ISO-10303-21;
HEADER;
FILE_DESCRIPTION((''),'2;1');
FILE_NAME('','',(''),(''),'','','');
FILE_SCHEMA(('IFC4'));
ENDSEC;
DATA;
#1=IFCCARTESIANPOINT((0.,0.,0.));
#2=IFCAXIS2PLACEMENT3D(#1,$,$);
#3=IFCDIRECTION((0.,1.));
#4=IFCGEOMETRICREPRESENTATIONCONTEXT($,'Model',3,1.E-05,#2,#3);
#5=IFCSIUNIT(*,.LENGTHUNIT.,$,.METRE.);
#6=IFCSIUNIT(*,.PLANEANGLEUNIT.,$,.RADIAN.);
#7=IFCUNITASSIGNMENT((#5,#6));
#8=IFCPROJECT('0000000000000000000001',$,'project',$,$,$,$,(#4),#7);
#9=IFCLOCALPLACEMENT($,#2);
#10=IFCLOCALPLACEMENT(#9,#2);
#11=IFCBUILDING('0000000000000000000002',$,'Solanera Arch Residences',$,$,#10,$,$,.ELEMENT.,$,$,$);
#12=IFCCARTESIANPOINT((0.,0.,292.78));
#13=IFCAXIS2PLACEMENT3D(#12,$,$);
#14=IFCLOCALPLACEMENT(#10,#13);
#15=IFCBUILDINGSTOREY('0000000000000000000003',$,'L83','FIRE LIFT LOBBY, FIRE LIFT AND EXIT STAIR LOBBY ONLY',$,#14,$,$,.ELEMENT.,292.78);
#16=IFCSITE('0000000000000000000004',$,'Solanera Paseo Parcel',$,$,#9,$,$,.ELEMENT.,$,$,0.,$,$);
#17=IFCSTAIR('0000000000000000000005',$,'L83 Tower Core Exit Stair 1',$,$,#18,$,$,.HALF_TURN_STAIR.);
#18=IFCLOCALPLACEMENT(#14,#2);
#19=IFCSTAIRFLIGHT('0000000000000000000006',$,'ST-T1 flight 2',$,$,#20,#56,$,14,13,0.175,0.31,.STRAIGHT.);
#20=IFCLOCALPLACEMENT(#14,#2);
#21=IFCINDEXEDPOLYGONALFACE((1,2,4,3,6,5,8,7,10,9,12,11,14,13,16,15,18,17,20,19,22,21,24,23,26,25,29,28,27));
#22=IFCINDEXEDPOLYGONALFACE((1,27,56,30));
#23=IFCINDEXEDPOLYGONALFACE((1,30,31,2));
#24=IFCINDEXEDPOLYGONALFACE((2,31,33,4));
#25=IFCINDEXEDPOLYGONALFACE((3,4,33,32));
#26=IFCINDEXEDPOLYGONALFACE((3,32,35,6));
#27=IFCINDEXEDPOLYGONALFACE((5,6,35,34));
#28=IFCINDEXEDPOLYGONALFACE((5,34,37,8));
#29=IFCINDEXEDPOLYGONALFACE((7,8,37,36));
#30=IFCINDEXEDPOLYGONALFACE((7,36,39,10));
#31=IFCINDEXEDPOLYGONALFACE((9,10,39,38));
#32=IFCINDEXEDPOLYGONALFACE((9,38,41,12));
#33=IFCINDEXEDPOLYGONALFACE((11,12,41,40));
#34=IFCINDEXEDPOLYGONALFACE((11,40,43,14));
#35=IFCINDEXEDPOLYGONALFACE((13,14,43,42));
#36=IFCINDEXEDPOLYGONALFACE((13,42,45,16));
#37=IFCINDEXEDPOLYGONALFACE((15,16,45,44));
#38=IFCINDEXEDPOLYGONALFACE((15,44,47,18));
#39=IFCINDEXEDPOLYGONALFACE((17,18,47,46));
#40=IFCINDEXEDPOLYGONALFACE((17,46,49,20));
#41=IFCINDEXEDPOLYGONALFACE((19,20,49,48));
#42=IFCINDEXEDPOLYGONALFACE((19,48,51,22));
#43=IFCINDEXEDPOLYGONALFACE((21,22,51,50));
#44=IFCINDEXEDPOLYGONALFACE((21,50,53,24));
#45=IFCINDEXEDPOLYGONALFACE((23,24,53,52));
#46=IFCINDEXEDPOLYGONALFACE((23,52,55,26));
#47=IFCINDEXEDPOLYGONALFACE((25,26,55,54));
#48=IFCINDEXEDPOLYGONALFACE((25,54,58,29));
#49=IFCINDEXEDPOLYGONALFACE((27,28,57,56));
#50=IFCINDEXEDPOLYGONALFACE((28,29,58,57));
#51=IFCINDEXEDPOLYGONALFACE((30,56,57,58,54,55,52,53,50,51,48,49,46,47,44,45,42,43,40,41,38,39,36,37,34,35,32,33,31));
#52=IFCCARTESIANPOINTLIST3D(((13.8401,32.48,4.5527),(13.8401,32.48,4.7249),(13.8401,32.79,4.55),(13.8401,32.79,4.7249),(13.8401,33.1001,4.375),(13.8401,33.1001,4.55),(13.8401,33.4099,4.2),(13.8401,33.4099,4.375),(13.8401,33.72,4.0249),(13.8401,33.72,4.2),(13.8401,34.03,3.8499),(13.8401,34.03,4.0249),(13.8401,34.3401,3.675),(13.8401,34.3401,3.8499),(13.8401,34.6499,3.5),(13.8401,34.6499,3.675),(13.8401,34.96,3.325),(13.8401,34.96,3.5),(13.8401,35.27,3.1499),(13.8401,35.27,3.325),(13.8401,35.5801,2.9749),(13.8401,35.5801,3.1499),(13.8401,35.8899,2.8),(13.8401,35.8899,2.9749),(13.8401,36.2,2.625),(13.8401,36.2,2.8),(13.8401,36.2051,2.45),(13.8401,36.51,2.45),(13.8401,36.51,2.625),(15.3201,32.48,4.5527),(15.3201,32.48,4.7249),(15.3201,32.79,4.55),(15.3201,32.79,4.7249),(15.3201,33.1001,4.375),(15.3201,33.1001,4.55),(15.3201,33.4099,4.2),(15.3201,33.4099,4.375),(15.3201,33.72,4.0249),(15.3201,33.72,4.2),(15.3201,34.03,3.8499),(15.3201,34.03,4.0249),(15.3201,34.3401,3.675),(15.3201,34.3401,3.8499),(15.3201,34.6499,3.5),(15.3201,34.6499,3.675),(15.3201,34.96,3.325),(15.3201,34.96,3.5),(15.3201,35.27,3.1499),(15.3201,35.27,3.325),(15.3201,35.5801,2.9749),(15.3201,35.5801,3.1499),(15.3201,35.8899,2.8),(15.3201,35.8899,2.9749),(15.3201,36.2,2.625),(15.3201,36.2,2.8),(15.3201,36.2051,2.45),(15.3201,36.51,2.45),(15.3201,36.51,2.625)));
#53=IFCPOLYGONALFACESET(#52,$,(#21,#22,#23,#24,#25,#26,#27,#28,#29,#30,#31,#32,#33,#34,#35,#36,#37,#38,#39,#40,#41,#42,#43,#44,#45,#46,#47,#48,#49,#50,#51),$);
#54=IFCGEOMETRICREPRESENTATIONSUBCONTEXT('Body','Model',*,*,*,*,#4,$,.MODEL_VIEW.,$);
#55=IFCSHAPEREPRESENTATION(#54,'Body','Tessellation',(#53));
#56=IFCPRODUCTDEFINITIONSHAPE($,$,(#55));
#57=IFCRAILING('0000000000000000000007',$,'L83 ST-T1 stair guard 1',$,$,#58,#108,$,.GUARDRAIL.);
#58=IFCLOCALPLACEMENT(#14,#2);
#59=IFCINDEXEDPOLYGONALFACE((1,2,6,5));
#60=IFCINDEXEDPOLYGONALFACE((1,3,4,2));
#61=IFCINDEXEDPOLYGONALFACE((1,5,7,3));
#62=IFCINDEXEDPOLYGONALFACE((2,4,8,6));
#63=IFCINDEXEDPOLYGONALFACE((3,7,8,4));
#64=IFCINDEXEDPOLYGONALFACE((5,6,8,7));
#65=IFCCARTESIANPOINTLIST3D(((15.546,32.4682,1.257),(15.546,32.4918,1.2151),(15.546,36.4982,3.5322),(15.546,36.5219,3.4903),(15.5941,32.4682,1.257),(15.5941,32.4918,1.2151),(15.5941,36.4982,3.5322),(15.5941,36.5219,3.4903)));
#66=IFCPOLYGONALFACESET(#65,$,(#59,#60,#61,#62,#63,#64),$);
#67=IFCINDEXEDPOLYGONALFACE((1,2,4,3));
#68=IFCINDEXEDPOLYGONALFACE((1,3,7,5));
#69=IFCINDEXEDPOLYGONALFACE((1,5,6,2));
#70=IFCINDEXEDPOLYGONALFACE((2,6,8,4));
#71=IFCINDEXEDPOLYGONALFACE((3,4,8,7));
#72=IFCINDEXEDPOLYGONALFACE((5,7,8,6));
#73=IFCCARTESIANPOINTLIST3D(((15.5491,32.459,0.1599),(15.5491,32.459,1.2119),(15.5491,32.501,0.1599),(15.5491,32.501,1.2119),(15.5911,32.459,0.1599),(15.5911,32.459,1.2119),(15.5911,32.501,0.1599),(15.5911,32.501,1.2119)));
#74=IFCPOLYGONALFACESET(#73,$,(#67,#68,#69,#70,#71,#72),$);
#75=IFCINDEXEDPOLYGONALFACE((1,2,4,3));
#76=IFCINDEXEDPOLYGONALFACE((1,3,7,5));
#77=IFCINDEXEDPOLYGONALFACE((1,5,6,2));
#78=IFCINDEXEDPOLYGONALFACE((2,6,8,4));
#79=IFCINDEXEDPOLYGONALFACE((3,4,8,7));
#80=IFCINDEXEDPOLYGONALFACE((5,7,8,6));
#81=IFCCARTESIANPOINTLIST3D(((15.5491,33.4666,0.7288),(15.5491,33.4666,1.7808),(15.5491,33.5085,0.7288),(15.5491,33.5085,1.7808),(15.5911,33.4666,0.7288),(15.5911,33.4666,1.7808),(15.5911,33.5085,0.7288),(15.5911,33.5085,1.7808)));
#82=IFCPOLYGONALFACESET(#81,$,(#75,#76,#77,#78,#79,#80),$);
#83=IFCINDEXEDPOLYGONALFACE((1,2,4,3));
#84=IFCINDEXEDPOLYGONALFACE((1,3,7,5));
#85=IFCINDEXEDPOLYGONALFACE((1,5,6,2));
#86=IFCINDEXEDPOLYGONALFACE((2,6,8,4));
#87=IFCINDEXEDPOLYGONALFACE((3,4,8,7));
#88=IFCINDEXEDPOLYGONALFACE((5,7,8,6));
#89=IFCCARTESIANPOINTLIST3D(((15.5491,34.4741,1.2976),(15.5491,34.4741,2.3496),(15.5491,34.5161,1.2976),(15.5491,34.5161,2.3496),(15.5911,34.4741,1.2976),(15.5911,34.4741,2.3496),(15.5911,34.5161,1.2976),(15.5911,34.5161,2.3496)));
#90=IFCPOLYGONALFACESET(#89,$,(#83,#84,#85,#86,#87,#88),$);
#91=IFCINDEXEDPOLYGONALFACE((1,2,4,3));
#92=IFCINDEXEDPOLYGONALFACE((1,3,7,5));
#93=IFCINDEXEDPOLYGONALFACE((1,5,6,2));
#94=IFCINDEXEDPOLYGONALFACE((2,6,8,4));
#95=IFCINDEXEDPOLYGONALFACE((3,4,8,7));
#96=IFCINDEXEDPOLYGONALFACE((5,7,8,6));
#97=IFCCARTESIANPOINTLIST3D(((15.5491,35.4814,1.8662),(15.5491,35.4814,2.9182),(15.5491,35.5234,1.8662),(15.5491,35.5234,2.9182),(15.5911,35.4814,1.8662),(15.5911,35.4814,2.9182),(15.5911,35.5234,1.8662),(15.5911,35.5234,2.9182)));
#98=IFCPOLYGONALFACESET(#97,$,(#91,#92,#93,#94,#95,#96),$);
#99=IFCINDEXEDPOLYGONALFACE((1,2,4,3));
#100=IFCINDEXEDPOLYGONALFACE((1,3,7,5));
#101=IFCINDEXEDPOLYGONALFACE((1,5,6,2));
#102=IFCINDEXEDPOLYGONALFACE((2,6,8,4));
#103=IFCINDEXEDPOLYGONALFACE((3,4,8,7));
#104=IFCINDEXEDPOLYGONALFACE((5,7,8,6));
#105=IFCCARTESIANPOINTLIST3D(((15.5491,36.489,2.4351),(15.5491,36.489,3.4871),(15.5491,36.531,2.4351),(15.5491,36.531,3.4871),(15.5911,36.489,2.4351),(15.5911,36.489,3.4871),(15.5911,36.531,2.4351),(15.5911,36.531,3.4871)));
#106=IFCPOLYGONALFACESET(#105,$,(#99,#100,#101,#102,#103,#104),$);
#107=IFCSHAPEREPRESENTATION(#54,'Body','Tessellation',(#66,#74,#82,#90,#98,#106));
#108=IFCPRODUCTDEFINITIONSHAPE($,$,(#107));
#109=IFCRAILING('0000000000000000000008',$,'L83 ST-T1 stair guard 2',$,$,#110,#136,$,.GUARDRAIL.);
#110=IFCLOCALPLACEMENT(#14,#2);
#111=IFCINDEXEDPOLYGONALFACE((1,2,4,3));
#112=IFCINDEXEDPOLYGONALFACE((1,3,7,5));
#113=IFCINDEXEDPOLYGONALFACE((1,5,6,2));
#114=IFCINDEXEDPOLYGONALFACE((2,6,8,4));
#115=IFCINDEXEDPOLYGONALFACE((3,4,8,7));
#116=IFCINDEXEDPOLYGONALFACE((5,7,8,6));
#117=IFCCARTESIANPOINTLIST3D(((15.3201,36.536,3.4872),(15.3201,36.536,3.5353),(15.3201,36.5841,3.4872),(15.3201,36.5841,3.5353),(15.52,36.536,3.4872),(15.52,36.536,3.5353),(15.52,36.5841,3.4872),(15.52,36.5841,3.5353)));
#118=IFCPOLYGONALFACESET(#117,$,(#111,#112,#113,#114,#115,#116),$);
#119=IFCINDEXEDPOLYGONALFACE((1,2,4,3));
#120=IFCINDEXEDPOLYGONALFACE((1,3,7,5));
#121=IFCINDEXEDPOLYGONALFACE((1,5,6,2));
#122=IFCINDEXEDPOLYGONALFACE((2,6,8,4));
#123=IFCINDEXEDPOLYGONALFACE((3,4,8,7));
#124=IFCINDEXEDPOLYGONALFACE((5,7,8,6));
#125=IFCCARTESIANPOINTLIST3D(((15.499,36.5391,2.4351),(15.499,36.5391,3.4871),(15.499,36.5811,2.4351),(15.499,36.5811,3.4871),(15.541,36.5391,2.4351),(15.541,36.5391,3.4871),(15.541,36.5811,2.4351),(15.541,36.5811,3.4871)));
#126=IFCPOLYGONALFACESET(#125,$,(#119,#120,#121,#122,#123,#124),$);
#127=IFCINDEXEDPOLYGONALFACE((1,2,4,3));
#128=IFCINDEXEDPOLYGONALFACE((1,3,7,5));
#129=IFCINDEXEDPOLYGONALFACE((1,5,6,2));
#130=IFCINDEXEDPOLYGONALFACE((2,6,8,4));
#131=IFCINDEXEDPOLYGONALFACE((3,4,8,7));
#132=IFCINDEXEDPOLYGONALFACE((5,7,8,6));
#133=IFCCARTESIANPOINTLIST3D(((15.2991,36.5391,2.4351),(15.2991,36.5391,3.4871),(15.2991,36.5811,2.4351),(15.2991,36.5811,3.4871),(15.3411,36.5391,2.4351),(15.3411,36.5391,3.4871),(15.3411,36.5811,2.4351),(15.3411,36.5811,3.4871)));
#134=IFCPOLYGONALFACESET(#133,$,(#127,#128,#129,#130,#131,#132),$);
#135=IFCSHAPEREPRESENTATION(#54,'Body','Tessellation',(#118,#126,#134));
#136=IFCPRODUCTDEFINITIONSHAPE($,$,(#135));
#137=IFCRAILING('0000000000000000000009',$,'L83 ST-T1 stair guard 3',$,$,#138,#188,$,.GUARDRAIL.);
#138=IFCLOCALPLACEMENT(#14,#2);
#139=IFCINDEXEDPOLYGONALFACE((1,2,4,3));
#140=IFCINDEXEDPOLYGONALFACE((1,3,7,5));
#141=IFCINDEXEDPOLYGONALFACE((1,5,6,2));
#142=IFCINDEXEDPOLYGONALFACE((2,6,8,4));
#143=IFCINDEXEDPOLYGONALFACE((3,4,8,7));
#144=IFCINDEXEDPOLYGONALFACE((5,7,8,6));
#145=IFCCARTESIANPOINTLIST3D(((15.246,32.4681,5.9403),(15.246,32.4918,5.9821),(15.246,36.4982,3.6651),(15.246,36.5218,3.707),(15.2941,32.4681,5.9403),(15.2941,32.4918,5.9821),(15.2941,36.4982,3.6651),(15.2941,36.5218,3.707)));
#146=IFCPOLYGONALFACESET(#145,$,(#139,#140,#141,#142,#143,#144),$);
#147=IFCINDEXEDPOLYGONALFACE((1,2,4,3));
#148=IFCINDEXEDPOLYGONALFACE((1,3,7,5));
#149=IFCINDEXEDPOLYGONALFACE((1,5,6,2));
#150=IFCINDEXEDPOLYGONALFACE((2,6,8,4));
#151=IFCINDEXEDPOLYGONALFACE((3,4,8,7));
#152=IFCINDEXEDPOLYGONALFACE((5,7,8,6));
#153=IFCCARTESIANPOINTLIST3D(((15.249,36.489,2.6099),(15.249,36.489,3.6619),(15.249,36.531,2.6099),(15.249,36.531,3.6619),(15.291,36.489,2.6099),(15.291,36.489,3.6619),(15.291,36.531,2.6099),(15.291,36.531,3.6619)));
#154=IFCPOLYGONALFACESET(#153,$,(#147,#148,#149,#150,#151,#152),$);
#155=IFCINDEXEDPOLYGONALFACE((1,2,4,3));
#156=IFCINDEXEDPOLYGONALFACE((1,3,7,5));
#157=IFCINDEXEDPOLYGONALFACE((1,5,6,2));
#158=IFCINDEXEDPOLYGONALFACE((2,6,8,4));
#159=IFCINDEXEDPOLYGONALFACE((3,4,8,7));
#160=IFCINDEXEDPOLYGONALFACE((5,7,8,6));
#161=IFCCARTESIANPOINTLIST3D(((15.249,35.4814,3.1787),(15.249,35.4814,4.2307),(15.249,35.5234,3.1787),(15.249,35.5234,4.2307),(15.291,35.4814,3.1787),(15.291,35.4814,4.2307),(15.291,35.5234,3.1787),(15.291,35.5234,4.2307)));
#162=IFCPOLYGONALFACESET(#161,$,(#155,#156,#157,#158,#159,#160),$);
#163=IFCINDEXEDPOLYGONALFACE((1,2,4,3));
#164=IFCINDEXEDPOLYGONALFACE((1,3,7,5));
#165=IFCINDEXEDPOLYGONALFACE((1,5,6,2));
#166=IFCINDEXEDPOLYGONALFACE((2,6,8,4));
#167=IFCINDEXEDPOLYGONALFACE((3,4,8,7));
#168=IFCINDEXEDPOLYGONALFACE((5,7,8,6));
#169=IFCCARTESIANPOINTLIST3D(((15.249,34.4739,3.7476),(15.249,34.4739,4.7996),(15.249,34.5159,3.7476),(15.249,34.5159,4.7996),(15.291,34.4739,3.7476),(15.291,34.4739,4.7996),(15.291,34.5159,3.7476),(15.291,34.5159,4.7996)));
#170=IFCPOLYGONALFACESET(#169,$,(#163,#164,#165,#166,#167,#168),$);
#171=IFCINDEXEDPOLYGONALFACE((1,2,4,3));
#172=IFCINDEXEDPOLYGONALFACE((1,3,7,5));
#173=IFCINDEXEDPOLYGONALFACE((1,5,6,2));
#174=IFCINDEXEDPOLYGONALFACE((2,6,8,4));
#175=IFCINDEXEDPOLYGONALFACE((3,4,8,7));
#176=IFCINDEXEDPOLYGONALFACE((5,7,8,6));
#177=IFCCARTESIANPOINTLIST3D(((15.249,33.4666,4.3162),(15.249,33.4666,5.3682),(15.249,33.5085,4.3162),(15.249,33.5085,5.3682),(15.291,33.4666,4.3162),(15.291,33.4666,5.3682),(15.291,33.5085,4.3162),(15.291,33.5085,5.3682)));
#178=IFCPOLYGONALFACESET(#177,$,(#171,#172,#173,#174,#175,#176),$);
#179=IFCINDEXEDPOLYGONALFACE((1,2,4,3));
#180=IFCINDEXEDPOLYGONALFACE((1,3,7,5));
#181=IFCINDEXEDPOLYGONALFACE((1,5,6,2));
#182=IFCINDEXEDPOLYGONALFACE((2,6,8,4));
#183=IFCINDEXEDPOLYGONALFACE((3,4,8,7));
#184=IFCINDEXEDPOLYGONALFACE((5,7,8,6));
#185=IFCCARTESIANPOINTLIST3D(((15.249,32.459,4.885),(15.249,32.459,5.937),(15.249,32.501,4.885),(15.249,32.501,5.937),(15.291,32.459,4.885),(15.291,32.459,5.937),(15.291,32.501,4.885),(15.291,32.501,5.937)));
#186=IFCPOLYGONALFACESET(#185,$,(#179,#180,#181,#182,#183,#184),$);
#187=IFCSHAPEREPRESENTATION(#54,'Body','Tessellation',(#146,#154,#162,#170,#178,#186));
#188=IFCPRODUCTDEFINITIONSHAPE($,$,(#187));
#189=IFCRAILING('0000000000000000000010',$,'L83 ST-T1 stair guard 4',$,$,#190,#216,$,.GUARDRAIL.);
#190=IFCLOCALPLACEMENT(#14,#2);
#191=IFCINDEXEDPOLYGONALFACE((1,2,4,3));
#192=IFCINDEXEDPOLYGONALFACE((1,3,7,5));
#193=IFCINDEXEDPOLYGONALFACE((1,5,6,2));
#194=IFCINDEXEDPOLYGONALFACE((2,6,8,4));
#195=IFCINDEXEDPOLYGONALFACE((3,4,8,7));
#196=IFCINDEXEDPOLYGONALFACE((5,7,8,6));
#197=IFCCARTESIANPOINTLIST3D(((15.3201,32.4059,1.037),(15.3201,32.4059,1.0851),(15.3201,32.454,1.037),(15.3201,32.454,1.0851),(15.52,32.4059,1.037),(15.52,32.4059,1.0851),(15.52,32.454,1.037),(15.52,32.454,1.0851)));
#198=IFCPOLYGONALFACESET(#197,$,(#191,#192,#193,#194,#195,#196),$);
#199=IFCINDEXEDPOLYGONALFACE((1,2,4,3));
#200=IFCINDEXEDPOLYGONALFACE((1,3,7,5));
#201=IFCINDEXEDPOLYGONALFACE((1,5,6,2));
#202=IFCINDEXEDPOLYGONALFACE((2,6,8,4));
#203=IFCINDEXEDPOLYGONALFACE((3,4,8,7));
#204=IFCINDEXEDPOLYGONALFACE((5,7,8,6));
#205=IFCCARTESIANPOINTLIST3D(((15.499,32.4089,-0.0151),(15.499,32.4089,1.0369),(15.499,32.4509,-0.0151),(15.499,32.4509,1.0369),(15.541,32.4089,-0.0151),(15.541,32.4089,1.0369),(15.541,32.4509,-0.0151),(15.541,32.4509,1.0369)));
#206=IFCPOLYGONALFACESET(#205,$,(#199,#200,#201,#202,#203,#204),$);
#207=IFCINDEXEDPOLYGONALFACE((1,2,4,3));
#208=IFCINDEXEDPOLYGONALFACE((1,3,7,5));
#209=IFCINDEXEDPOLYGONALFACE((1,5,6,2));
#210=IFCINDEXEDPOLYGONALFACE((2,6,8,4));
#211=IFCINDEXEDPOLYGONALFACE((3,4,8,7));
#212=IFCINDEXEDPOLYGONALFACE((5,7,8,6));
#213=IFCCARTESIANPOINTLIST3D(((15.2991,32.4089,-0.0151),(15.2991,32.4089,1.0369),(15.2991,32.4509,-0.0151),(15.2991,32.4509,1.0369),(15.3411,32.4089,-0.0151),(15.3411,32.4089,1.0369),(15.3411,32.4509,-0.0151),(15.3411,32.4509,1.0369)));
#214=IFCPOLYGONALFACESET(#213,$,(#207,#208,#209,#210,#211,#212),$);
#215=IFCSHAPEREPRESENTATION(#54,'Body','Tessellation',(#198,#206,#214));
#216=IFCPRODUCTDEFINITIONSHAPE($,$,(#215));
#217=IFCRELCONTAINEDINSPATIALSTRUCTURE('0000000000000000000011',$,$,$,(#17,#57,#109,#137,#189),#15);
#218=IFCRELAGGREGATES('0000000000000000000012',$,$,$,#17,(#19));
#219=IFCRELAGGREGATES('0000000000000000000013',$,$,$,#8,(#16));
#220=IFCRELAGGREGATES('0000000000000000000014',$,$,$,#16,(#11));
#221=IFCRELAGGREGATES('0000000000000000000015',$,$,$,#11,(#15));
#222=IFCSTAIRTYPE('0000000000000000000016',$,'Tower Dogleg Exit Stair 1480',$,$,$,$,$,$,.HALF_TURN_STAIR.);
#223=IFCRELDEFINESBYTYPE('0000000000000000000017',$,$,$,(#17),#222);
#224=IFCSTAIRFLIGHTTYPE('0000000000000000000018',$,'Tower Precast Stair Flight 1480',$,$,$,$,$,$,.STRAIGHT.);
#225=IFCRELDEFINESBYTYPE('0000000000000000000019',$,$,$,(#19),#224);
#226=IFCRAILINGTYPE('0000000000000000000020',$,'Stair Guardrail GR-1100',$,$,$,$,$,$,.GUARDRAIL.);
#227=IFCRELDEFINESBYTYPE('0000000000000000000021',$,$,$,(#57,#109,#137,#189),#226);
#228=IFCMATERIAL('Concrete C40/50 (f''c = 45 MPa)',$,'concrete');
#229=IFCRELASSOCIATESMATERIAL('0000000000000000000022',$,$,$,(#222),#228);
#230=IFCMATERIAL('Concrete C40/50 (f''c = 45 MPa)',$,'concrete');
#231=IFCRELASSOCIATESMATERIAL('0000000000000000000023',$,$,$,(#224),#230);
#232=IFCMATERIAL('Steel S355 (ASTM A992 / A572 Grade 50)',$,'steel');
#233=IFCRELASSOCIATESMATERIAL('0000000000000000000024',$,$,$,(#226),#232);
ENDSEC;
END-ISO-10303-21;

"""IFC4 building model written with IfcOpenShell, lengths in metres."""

from ifc_helpers import new_model, si_unit, direction, frame, origin, origin_2d, place, context, subcontext, project, spatial, polyline, rectangle, outline, extrude, material, type_object, element, aggregate, save


model = new_model("IFC4")

# Units and contexts
model_context = context("Model", 3, precision=1e-05, world=origin(), true_north=direction((0.0, 1.0)))
body_context = subcontext(model_context, "Body", "Model", "MODEL_VIEW")
ifc_project = project(units=[si_unit("LENGTHUNIT", "METRE"), si_unit("PLANEANGLEUNIT", "RADIAN")], contexts=[model_context])

# Site, building, storey
site_placement = place(None, origin())
site = spatial("IfcSite", under=ifc_project, at=site_placement, Name="Solanera Paseo Parcel", CompositionType="ELEMENT", RefElevation=0.0)
building_placement = place(site_placement, origin())
building = spatial("IfcBuilding", under=site, at=building_placement, Name="Solanera Arch Residences", CompositionType="ELEMENT")
storey_placement = place(building_placement, frame((0.0, 0.0, 292.78)))
storey = spatial("IfcBuildingStorey", under=building, at=storey_placement, Name="L83", Description="FIRE LIFT LOBBY, FIRE LIFT AND EXIT STAIR LOBBY ONLY", CompositionType="ELEMENT", Elevation=292.78)

# Stair, stair flight
ifc_material_1 = material(Name="Concrete C40/50 (f'c = 45 MPa)", Category="concrete")
stair_type = type_object("IfcStairType", Name="Tower Dogleg Exit Stair 1480", PredefinedType="HALF_TURN_STAIR", material=ifc_material_1)
stair_placement = place(storey_placement, origin())
stair = element("IfcStair", 1, at=stair_placement, inside=storey, type_object=stair_type, Name="L83 Tower Core Exit Stair 1", PredefinedType="HALF_TURN_STAIR")
ifc_material_2 = material(Name="Concrete C40/50 (f'c = 45 MPa)", Category="concrete")
stair_flight_type = type_object("IfcStairFlightType", Name="Tower Precast Stair Flight 1480", PredefinedType="STRAIGHT", material=ifc_material_2)
stair_flight_1_placement = place(storey_placement, frame((14.5801, 36.51, 2.45), z_axis=(0.0, 0.0, 1.0), x_axis=(0.0, -1.0, 0.0)))
stair_flight_1 = element("IfcStairFlight", 2, at=stair_flight_1_placement, type_object=stair_flight_type, Name="ST-T1 flight 2", NumberOfRisers=14, NumberOfTreads=13, PredefinedType="STRAIGHT", RiserHeight=0.175, TreadLength=0.31, context=body_context, shape_type="SweptSolid", body=[
    extrude(outline(polyline([(0.0, 0.0), (0.0, 0.175), (0.3101, 0.175), (0.3101, 0.3501), (0.6201, 0.3501), (0.6201, 0.5249), (0.9299, 0.5249), (0.9299, 0.7), (1.24, 0.7), (1.24, 0.875), (1.55, 0.875), (1.55, 1.05), (1.8601, 1.05), (1.8601, 1.2251), (2.1699, 1.2251), (2.1699, 1.3999), (2.48, 1.3999), (2.48, 1.575), (2.79, 1.575), (2.79, 1.75), (3.1001, 1.75), (3.1001, 1.925), (3.4099, 1.925), (3.4099, 2.1001), (3.72, 2.1001), (3.72, 2.2749), (4.03, 2.2749), (4.03, 2.45), (4.03, 2.1028), (0.3049, 0.0), (0.0, 0.0)])), frame((0.0, 0.74, 0.0), z_axis=(0.0, -1.0, 0.0), x_axis=(1.0, 0.0, 0.0)), (0.0, 0.0, 1.0), 1.48),
])
aggregate(stair, [stair_flight_1])

# Railings
ifc_material_3 = material(Name="Steel S355 (ASTM A992 / A572 Grade 50)", Category="steel")
railing_type_1 = type_object("IfcRailingType", Name="Stair Guardrail GR-1100", PredefinedType="GUARDRAIL", material=ifc_material_3)
railing_1_placement = place(storey_placement, frame((15.5701, 32.48, 0.1599)))
element("IfcRailing", 3, at=railing_1_placement, inside=storey, type_object=railing_type_1, Name="L83 ST-T1 stair guard 1", PredefinedType="GUARDRAIL", context=body_context, shape_type="SweptSolid", body=[
    extrude(rectangle(XDim=0.0481, YDim=0.0481, at=origin_2d()), frame((0.0, 0.0, 1.0762), z_axis=(0.0, 0.870812, 0.491616), x_axis=(-1.0, 0.0, 0.0)), (0.0, 0.0, 1.0), 4.6279),
    extrude(rectangle(XDim=0.042, YDim=0.042, at=origin_2d()), origin(), (0.0, 0.0, 1.0), 1.052),
    extrude(rectangle(XDim=0.042, YDim=0.042, at=origin_2d()), frame((0.0, 1.0076, 0.5688)), (0.0, 0.0, 1.0), 1.052),
    extrude(rectangle(XDim=0.042, YDim=0.042, at=origin_2d()), frame((0.0, 2.0151, 1.1377)), (0.0, 0.0, 1.0), 1.052),
    extrude(rectangle(XDim=0.042, YDim=0.042, at=origin_2d()), frame((0.0, 3.0225, 1.7063)), (0.0, 0.0, 1.0), 1.052),
    extrude(rectangle(XDim=0.042, YDim=0.042, at=origin_2d()), frame((0.0, 4.03, 2.2751)), (0.0, 0.0, 1.0), 1.052),
])
railing_2_placement = place(storey_placement, frame((15.52, 36.5601, 2.4351)))
element("IfcRailing", 4, at=railing_2_placement, inside=storey, type_object=railing_type_1, Name="L83 ST-T1 stair guard 2", PredefinedType="GUARDRAIL", context=body_context, shape_type="SweptSolid", body=[
    extrude(rectangle(XDim=0.0481, YDim=0.0481, at=origin_2d()), frame((0.0, 0.0, 1.0762), z_axis=(-1.0, 0.0, 0.0), x_axis=(0.0, -1.0, 0.0)), (0.0, 0.0, 1.0), 0.2),
    extrude(rectangle(XDim=0.042, YDim=0.042, at=origin_2d()), origin(), (0.0, 0.0, 1.0), 1.052),
    extrude(rectangle(XDim=0.042, YDim=0.042, at=origin_2d()), frame((-0.2, 0.0, 0.0)), (0.0, 0.0, 1.0), 1.052),
])
railing_3_placement = place(storey_placement, frame((15.27, 36.51, 2.6099)))
element("IfcRailing", 5, at=railing_3_placement, inside=storey, type_object=railing_type_1, Name="L83 ST-T1 stair guard 3", PredefinedType="GUARDRAIL", context=body_context, shape_type="SweptSolid", body=[
    extrude(rectangle(XDim=0.0481, YDim=0.0481, at=origin_2d()), frame((0.0, 0.0, 1.0762), z_axis=(0.0, -0.870812, 0.491616), x_axis=(1.0, 0.0, 0.0)), (0.0, 0.0, 1.0), 4.6279),
    extrude(rectangle(XDim=0.042, YDim=0.042, at=origin_2d()), origin(), (0.0, 0.0, 1.0), 1.052),
    extrude(rectangle(XDim=0.042, YDim=0.042, at=origin_2d()), frame((0.0, -1.0076, 0.5688)), (0.0, 0.0, 1.0), 1.052),
    extrude(rectangle(XDim=0.042, YDim=0.042, at=origin_2d()), frame((0.0, -2.0151, 1.1377)), (0.0, 0.0, 1.0), 1.052),
    extrude(rectangle(XDim=0.042, YDim=0.042, at=origin_2d()), frame((0.0, -3.0225, 1.7063)), (0.0, 0.0, 1.0), 1.052),
    extrude(rectangle(XDim=0.042, YDim=0.042, at=origin_2d()), frame((0.0, -4.03, 2.2751)), (0.0, 0.0, 1.0), 1.052),
])
railing_4_placement = place(storey_placement, frame((15.52, 32.4299, -0.0151)))
element("IfcRailing", 6, at=railing_4_placement, inside=storey, type_object=railing_type_1, Name="L83 ST-T1 stair guard 4", PredefinedType="GUARDRAIL", context=body_context, shape_type="SweptSolid", body=[
    extrude(rectangle(XDim=0.0481, YDim=0.0481, at=origin_2d()), frame((0.0, 0.0, 1.0762), z_axis=(-1.0, 0.0, 0.0), x_axis=(0.0, -1.0, 0.0)), (0.0, 0.0, 1.0), 0.2),
    extrude(rectangle(XDim=0.042, YDim=0.042, at=origin_2d()), origin(), (0.0, 0.0, 1.0), 1.052),
    extrude(rectangle(XDim=0.042, YDim=0.042, at=origin_2d()), frame((-0.2, 0.0, 0.0)), (0.0, 0.0, 1.0), 1.052),
])

save(model, "model.ifc")
